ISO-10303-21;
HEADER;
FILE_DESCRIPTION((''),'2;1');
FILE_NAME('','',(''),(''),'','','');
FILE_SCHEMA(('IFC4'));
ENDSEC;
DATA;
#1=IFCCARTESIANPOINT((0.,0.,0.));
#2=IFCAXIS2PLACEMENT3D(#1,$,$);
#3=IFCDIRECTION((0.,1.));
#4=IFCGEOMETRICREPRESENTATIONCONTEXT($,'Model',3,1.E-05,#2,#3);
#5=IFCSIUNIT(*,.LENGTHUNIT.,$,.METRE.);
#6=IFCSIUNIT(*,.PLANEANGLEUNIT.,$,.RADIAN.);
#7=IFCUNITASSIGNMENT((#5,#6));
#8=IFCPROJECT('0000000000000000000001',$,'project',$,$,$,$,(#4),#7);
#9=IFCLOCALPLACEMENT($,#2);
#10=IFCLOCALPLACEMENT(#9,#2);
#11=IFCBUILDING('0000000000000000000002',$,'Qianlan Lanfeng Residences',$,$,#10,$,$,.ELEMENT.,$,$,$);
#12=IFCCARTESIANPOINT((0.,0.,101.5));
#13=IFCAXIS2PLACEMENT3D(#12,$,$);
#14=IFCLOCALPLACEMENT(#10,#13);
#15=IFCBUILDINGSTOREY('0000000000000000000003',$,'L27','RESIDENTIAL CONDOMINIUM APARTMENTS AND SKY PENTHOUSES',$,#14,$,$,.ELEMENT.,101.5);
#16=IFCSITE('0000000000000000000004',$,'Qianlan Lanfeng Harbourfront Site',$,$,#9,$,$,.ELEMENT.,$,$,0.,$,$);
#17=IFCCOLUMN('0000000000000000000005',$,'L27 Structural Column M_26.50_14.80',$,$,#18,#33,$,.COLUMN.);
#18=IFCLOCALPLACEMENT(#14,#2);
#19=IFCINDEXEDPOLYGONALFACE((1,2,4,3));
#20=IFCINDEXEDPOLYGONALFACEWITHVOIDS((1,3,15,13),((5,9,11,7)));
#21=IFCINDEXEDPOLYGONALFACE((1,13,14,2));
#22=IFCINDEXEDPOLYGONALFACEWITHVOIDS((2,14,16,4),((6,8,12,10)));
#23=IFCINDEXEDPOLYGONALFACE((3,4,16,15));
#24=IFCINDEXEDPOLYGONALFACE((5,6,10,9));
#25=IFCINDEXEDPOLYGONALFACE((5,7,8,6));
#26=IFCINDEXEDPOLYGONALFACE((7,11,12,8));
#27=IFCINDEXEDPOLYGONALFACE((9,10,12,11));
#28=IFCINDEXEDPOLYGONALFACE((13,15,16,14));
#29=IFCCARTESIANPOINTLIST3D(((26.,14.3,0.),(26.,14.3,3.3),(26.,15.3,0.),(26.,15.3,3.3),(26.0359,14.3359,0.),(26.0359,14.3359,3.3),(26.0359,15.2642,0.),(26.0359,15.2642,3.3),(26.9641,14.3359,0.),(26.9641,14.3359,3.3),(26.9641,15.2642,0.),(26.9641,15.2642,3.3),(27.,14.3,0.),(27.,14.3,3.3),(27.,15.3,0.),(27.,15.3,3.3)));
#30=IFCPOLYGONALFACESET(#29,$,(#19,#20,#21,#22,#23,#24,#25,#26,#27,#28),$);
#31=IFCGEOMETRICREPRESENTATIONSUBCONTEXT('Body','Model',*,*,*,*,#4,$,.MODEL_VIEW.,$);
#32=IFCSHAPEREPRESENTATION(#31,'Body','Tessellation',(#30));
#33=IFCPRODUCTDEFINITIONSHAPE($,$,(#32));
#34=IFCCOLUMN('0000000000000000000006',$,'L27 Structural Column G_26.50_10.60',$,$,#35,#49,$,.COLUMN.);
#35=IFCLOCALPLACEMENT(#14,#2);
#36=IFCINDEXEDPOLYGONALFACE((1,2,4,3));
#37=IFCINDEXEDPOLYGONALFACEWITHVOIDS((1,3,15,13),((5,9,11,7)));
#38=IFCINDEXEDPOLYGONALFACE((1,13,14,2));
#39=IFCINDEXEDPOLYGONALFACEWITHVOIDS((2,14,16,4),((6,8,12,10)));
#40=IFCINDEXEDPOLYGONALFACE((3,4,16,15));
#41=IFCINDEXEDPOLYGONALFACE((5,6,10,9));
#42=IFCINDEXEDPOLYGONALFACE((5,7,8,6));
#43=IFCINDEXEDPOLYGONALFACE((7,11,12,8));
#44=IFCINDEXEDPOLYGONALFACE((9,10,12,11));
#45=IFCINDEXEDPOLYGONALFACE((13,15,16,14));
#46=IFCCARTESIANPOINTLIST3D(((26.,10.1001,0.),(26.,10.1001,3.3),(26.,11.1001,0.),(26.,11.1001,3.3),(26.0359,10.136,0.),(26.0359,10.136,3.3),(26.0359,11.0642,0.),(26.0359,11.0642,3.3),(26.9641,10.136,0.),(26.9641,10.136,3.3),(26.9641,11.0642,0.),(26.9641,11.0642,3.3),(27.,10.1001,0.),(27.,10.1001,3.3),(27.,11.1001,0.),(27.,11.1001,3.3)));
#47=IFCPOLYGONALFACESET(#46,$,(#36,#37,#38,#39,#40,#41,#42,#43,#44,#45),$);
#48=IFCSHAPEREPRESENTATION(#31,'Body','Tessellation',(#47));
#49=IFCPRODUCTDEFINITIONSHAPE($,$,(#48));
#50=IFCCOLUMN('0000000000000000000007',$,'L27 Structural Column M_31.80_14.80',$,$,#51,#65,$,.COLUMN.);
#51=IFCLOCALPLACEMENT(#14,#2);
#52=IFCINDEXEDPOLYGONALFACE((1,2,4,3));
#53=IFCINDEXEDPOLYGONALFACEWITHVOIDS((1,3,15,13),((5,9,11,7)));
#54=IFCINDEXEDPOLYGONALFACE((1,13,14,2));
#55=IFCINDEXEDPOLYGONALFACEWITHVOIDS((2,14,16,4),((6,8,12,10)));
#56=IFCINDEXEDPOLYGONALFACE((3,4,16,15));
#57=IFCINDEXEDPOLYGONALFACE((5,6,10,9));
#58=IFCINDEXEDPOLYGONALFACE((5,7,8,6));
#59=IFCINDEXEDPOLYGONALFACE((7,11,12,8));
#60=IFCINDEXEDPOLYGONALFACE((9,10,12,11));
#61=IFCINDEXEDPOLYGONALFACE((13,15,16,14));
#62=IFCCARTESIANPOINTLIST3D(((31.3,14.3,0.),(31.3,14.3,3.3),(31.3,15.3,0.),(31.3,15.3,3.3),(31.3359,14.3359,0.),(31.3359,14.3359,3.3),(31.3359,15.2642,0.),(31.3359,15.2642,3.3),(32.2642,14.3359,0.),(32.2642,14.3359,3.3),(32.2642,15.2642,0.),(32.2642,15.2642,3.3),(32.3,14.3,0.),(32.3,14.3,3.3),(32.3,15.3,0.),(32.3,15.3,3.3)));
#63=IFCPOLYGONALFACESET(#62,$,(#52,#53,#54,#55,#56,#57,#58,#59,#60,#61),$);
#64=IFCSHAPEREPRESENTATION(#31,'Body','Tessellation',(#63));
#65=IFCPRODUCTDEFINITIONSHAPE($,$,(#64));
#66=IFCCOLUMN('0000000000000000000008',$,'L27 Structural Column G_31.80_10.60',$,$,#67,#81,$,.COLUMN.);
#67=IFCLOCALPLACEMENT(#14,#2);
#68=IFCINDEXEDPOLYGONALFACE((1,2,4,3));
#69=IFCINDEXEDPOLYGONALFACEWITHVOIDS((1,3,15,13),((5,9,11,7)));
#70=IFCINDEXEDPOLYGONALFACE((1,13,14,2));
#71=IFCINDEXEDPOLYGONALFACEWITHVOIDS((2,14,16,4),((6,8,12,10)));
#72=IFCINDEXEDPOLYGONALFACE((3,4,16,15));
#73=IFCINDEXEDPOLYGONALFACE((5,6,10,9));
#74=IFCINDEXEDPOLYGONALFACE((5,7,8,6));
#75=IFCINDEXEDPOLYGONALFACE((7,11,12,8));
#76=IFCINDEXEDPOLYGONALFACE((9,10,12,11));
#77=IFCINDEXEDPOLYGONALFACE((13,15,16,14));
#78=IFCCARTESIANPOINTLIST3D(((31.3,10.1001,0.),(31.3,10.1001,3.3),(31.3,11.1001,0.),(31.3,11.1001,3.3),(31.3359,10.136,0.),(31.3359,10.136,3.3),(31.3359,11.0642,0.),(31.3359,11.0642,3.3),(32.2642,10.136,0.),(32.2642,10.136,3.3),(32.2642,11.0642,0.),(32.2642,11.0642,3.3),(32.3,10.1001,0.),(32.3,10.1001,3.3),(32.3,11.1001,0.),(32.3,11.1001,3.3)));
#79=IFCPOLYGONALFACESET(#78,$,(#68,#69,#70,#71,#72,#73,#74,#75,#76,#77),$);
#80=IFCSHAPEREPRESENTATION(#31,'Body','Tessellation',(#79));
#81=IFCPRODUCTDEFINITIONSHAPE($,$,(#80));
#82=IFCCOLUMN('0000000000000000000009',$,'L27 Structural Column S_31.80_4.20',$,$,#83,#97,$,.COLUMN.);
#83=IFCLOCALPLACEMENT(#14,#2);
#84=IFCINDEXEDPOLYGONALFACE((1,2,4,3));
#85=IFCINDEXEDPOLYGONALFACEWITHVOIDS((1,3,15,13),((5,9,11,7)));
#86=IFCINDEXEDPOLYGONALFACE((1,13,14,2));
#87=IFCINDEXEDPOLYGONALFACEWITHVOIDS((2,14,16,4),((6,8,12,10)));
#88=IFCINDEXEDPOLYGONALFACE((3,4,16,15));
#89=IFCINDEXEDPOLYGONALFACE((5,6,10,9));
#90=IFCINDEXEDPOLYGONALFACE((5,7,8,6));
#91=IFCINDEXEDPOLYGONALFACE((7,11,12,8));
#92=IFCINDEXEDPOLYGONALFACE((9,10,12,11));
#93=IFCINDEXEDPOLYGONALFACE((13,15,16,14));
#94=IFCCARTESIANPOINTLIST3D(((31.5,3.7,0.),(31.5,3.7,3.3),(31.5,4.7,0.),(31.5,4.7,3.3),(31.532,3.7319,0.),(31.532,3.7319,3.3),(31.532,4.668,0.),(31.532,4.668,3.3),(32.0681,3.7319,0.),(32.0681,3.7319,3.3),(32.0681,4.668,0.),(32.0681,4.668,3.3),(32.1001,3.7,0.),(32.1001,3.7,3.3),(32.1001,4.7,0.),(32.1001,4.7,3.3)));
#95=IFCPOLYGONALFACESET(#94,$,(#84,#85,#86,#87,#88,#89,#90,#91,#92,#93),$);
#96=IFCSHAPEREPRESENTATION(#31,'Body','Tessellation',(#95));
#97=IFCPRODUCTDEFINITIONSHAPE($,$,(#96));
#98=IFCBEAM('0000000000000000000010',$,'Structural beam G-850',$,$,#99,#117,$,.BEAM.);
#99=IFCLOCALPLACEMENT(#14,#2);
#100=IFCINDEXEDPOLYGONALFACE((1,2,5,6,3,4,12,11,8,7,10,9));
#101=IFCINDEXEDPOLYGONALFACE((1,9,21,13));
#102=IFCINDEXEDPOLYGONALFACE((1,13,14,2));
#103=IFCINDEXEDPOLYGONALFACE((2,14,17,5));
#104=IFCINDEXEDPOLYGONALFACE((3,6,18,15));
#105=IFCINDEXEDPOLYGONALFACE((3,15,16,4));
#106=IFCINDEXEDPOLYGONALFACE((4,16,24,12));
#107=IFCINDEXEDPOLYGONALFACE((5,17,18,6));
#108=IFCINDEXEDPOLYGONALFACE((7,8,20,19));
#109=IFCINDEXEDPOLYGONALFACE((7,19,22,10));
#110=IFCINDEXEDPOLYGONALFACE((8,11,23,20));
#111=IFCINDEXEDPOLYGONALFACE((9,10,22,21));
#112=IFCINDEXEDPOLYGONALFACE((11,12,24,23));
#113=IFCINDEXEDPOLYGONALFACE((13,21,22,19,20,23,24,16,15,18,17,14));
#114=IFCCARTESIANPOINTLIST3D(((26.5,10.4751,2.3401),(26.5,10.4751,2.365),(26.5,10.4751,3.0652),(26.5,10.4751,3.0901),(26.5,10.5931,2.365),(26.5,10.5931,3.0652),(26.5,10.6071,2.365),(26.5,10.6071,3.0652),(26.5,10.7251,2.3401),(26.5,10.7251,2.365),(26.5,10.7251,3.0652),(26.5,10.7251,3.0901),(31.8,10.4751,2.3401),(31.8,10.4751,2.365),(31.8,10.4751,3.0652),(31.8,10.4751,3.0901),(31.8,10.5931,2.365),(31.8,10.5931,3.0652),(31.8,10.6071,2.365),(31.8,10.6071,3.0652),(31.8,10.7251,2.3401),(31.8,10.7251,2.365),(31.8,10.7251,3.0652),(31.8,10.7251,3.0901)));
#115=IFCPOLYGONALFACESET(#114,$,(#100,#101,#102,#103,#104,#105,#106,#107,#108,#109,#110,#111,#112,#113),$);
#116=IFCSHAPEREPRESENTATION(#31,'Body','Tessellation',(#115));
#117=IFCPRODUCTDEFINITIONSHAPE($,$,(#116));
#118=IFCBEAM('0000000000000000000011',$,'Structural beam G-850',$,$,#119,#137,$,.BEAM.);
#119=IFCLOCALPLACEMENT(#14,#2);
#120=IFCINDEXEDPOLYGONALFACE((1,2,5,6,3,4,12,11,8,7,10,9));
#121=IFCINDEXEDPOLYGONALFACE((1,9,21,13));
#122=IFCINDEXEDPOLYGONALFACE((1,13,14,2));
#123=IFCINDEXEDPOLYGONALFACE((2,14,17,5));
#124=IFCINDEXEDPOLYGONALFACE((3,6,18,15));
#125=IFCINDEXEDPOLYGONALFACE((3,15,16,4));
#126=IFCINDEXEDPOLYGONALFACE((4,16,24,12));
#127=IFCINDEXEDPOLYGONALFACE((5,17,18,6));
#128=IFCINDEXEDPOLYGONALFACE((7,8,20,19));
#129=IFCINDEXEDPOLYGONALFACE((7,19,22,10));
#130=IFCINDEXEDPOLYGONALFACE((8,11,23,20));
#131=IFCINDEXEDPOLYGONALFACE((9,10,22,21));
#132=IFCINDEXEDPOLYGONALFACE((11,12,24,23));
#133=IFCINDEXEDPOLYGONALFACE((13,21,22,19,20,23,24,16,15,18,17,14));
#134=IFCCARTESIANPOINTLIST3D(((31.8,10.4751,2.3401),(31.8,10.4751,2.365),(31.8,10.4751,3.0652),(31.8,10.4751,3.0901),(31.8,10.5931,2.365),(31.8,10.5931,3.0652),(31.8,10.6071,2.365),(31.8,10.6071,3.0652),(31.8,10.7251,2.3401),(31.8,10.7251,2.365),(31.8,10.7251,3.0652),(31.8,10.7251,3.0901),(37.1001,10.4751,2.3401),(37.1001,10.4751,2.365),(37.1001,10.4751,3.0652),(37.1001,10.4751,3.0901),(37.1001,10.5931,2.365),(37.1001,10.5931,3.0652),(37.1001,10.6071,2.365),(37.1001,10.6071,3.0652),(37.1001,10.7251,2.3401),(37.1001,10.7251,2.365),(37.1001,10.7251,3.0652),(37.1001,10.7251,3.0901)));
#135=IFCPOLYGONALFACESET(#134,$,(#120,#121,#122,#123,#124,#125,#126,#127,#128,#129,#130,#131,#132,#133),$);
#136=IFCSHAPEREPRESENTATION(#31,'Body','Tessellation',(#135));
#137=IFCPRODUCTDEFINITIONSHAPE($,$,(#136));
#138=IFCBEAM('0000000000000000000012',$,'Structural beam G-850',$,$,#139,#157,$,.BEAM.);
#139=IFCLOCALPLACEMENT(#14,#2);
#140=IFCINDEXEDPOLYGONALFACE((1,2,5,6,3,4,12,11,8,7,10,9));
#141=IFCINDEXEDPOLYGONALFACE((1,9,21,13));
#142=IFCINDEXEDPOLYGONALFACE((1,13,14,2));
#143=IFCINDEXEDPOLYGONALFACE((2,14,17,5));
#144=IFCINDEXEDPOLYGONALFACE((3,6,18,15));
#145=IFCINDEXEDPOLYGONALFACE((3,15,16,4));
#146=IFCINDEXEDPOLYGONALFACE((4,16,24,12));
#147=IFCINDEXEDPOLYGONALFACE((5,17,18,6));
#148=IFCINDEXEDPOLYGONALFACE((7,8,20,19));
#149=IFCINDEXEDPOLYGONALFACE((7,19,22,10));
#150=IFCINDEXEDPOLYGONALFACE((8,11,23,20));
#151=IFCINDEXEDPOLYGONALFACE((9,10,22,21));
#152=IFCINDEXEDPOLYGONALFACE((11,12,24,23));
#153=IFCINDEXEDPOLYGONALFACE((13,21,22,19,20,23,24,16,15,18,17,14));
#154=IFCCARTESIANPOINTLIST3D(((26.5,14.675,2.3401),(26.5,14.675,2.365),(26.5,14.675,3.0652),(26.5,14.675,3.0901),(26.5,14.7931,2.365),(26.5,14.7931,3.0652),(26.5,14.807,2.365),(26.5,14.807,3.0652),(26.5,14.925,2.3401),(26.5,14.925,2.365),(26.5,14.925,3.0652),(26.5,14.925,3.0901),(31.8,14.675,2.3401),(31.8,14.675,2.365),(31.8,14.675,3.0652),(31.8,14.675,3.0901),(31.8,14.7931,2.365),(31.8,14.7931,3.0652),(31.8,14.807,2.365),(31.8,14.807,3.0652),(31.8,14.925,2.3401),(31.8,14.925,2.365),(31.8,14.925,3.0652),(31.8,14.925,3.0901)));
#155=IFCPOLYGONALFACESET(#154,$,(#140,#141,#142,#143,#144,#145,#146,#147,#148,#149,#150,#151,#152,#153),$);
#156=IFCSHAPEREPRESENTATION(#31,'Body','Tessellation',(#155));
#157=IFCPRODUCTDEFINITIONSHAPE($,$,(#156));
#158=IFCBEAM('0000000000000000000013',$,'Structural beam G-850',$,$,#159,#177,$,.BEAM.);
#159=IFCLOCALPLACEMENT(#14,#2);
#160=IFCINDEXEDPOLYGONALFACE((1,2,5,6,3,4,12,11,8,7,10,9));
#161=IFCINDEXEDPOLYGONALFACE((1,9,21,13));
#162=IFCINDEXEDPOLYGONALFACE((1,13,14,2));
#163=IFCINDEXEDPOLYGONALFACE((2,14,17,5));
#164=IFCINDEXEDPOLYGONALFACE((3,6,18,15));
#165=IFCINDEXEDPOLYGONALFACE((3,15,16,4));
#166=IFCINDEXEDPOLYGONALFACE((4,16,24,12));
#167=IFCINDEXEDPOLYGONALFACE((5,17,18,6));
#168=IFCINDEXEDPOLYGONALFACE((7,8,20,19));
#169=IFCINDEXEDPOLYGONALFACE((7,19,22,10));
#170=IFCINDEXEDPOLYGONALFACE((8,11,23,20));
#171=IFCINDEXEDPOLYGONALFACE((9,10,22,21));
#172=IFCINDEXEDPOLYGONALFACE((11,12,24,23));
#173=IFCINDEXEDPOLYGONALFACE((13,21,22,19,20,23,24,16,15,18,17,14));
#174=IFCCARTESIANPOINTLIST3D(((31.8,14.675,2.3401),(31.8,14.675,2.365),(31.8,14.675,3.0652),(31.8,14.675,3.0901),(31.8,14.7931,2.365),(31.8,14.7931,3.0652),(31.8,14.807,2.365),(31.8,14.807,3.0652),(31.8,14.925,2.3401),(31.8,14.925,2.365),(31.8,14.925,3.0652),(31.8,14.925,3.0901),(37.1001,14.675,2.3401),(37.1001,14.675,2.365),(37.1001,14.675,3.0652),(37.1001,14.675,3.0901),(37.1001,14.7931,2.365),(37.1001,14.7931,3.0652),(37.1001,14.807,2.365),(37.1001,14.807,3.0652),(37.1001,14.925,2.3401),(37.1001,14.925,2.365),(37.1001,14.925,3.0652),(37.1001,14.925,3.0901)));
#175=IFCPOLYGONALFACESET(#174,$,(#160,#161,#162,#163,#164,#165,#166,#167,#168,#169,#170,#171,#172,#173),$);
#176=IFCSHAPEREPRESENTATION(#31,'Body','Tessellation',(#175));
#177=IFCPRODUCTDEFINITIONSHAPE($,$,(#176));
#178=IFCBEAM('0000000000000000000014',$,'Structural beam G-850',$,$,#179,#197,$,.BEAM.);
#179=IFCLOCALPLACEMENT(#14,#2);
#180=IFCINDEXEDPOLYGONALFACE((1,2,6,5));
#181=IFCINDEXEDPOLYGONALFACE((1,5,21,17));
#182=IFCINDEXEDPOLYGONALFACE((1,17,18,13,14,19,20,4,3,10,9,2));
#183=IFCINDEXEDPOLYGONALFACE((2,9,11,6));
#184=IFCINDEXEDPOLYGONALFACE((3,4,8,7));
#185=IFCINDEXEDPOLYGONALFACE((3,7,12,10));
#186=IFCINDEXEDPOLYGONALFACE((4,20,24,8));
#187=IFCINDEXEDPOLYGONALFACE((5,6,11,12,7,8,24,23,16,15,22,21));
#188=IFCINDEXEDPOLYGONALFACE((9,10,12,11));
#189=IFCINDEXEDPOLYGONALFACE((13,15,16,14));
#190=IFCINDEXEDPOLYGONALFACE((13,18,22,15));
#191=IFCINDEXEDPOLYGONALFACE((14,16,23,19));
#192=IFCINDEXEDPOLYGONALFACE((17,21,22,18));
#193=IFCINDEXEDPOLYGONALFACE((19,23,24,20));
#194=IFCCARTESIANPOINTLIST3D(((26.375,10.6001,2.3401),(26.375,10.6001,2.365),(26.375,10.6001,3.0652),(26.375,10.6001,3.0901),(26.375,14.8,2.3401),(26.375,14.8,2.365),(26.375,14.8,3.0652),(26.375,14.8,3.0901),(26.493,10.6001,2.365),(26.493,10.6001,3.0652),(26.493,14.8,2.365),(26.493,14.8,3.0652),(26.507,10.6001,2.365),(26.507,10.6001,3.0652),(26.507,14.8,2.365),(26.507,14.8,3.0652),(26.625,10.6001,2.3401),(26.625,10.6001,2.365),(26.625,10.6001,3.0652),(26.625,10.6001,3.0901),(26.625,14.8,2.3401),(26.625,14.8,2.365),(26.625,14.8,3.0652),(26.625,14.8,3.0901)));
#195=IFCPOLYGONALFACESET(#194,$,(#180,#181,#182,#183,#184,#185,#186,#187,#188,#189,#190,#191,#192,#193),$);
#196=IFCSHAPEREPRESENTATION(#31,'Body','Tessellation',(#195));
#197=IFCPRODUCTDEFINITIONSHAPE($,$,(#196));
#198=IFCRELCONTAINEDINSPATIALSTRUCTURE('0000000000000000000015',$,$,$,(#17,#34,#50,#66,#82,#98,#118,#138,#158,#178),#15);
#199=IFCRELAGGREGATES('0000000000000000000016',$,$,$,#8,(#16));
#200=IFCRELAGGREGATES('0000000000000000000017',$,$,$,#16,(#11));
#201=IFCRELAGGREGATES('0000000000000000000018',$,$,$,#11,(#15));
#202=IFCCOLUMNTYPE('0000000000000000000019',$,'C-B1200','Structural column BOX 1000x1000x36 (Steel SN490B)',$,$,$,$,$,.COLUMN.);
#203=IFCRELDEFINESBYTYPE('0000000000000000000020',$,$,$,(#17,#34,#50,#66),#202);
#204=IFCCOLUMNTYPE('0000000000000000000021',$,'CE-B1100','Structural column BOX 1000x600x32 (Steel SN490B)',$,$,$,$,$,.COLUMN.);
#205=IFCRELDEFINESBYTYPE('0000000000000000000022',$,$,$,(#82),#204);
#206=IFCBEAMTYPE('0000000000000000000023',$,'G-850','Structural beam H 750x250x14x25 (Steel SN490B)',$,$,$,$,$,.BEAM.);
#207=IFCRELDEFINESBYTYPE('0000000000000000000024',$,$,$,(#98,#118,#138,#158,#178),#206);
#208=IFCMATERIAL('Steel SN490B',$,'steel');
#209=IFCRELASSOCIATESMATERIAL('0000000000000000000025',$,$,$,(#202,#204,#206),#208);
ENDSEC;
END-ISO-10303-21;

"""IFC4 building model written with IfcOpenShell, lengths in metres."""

from ifc_helpers import new_model, si_unit, direction, frame, origin, origin_2d, place, context, subcontext, project, spatial, hollow_rectangle, i_section, extrude, material, material_profile, profile_set, type_object, element, save


model = new_model("IFC4")

# Units and contexts
model_context = context("Model", 3, precision=1e-05, world=origin(), true_north=direction((0.0, 1.0)))
body_context = subcontext(model_context, "Body", "Model", "MODEL_VIEW")
ifc_project = project(units=[si_unit("LENGTHUNIT", "METRE"), si_unit("PLANEANGLEUNIT", "RADIAN")], contexts=[model_context])

# Site, building, storey
site_placement = place(None, origin())
site = spatial("IfcSite", under=ifc_project, at=site_placement, Name="Qianlan Lanfeng Harbourfront Site", CompositionType="ELEMENT", RefElevation=0.0)
building_placement = place(site_placement, origin())
building = spatial("IfcBuilding", under=site, at=building_placement, Name="Qianlan Lanfeng Residences", CompositionType="ELEMENT")
storey_placement = place(building_placement, frame((0.0, 0.0, 101.5)))
storey = spatial("IfcBuildingStorey", under=building, at=storey_placement, Name="L27", Description="RESIDENTIAL CONDOMINIUM APARTMENTS AND SKY PENTHOUSES", CompositionType="ELEMENT", Elevation=101.5)

# Columns
ifc_material_1 = material(Name="Steel SN490B", Category="steel")
ifc_material_profile_1 = material_profile(ifc_material_1, hollow_rectangle(XDim=1.0, YDim=1.0, WallThickness=0.0359, at=origin_2d()), Name="BOX 1000x1000x36")
ifc_profile_set_1 = profile_set([ifc_material_profile_1], Name="Steel SN490B")
column_type_1 = type_object("IfcColumnType", Name="C-B1200", Description="Structural column BOX 1000x1000x36 (Steel SN490B)", PredefinedType="COLUMN", material=ifc_profile_set_1)
for number, where, z_axis, x_axis, name in (
    (1, (26.5, 14.8, 0.0), (0.0, 0.0, 1.0), (1.0, 0.0, 0.0), "L27 Structural Column M_26.50_14.80"),
    (2, (26.5, 10.6001, 0.0), (0.0, 0.0, 1.0), (1.0, 0.0, 0.0), "L27 Structural Column G_26.50_10.60"),
    (3, (31.8, 14.8, 0.0), (0.0, 0.0, 1.0), (1.0, 0.0, 0.0), "L27 Structural Column M_31.80_14.80"),
    (4, (31.8, 10.6001, 0.0), (0.0, 0.0, 1.0), (1.0, 0.0, 0.0), "L27 Structural Column G_31.80_10.60"),
):
    element("IfcColumn", number, at=place(storey_placement, frame(where, z_axis=z_axis, x_axis=x_axis)), inside=storey, type_object=column_type_1, Name=name, PredefinedType="COLUMN", context=body_context, shape_type="SweptSolid", body=[
        extrude(hollow_rectangle(XDim=1.0, YDim=1.0, WallThickness=0.0359, at=origin_2d()), origin(), (0.0, 0.0, 1.0), 3.3),
    ])
ifc_material_profile_2 = material_profile(ifc_material_1, hollow_rectangle(XDim=0.6001, YDim=1.0, WallThickness=0.032, at=origin_2d()), Name="BOX 1000x600x32")
ifc_profile_set_2 = profile_set([ifc_material_profile_2], Name="Steel SN490B")
column_type_2 = type_object("IfcColumnType", Name="CE-B1100", Description="Structural column BOX 1000x600x32 (Steel SN490B)", PredefinedType="COLUMN", material=ifc_profile_set_2)
column_placement = place(storey_placement, frame((31.8, 4.2, 0.0), z_axis=(0.0, 0.0, 1.0), x_axis=(1.0, 0.0, 0.0)))
element("IfcColumn", 5, at=column_placement, inside=storey, type_object=column_type_2, Name="L27 Structural Column S_31.80_4.20", PredefinedType="COLUMN", context=body_context, shape_type="SweptSolid", body=[
    extrude(hollow_rectangle(XDim=0.6001, YDim=1.0, WallThickness=0.032, at=origin_2d()), origin(), (0.0, 0.0, 1.0), 3.3),
])

# Beams
ifc_material_profile_3 = material_profile(ifc_material_1, i_section(OverallWidth=0.25, OverallDepth=0.75, WebThickness=0.0139, FlangeThickness=0.0249, at=origin_2d()), Name="H 750x250x14x25")
ifc_profile_set_3 = profile_set([ifc_material_profile_3], Name="Steel SN490B")
beam_type_1 = type_object("IfcBeamType", Name="G-850", Description="Structural beam H 750x250x14x25 (Steel SN490B)", PredefinedType="BEAM", material=ifc_profile_set_3)
for number, where, z_axis, x_axis, name in (
    (6, (26.5, 10.6001, 2.7151), (1.0, 0.0, 0.0), (0.0, 1.0, 0.0), "Structural beam G-850"),
    (7, (31.8, 10.6001, 2.7151), (1.0, 0.0, 0.0), (0.0, 1.0, 0.0), "Structural beam G-850"),
    (8, (26.5, 14.8, 2.7151), (1.0, 0.0, 0.0), (0.0, 1.0, 0.0), "Structural beam G-850"),
    (9, (31.8, 14.8, 2.7151), (1.0, 0.0, 0.0), (0.0, 1.0, 0.0), "Structural beam G-850"),
):
    element("IfcBeam", number, at=place(storey_placement, frame(where, z_axis=z_axis, x_axis=x_axis)), inside=storey, type_object=beam_type_1, Name=name, PredefinedType="BEAM", context=body_context, shape_type="SweptSolid", body=[
        extrude(i_section(OverallWidth=0.25, OverallDepth=0.75, WebThickness=0.0139, FlangeThickness=0.0249, at=origin_2d()), origin(), (0.0, 0.0, 1.0), 5.3),
    ])
beam_1_placement = place(storey_placement, frame((26.5, 10.6001, 2.7151), z_axis=(0.0, 1.0, 0.0), x_axis=(-1.0, 0.0, 0.0)))
element("IfcBeam", 10, at=beam_1_placement, inside=storey, type_object=beam_type_1, Name="Structural beam G-850", PredefinedType="BEAM", context=body_context, shape_type="SweptSolid", body=[
    extrude(i_section(OverallWidth=0.25, OverallDepth=0.75, WebThickness=0.0139, FlangeThickness=0.0249, at=origin_2d()), origin(), (0.0, 0.0, 1.0), 4.2),
])

save(model, "model.ifc")
